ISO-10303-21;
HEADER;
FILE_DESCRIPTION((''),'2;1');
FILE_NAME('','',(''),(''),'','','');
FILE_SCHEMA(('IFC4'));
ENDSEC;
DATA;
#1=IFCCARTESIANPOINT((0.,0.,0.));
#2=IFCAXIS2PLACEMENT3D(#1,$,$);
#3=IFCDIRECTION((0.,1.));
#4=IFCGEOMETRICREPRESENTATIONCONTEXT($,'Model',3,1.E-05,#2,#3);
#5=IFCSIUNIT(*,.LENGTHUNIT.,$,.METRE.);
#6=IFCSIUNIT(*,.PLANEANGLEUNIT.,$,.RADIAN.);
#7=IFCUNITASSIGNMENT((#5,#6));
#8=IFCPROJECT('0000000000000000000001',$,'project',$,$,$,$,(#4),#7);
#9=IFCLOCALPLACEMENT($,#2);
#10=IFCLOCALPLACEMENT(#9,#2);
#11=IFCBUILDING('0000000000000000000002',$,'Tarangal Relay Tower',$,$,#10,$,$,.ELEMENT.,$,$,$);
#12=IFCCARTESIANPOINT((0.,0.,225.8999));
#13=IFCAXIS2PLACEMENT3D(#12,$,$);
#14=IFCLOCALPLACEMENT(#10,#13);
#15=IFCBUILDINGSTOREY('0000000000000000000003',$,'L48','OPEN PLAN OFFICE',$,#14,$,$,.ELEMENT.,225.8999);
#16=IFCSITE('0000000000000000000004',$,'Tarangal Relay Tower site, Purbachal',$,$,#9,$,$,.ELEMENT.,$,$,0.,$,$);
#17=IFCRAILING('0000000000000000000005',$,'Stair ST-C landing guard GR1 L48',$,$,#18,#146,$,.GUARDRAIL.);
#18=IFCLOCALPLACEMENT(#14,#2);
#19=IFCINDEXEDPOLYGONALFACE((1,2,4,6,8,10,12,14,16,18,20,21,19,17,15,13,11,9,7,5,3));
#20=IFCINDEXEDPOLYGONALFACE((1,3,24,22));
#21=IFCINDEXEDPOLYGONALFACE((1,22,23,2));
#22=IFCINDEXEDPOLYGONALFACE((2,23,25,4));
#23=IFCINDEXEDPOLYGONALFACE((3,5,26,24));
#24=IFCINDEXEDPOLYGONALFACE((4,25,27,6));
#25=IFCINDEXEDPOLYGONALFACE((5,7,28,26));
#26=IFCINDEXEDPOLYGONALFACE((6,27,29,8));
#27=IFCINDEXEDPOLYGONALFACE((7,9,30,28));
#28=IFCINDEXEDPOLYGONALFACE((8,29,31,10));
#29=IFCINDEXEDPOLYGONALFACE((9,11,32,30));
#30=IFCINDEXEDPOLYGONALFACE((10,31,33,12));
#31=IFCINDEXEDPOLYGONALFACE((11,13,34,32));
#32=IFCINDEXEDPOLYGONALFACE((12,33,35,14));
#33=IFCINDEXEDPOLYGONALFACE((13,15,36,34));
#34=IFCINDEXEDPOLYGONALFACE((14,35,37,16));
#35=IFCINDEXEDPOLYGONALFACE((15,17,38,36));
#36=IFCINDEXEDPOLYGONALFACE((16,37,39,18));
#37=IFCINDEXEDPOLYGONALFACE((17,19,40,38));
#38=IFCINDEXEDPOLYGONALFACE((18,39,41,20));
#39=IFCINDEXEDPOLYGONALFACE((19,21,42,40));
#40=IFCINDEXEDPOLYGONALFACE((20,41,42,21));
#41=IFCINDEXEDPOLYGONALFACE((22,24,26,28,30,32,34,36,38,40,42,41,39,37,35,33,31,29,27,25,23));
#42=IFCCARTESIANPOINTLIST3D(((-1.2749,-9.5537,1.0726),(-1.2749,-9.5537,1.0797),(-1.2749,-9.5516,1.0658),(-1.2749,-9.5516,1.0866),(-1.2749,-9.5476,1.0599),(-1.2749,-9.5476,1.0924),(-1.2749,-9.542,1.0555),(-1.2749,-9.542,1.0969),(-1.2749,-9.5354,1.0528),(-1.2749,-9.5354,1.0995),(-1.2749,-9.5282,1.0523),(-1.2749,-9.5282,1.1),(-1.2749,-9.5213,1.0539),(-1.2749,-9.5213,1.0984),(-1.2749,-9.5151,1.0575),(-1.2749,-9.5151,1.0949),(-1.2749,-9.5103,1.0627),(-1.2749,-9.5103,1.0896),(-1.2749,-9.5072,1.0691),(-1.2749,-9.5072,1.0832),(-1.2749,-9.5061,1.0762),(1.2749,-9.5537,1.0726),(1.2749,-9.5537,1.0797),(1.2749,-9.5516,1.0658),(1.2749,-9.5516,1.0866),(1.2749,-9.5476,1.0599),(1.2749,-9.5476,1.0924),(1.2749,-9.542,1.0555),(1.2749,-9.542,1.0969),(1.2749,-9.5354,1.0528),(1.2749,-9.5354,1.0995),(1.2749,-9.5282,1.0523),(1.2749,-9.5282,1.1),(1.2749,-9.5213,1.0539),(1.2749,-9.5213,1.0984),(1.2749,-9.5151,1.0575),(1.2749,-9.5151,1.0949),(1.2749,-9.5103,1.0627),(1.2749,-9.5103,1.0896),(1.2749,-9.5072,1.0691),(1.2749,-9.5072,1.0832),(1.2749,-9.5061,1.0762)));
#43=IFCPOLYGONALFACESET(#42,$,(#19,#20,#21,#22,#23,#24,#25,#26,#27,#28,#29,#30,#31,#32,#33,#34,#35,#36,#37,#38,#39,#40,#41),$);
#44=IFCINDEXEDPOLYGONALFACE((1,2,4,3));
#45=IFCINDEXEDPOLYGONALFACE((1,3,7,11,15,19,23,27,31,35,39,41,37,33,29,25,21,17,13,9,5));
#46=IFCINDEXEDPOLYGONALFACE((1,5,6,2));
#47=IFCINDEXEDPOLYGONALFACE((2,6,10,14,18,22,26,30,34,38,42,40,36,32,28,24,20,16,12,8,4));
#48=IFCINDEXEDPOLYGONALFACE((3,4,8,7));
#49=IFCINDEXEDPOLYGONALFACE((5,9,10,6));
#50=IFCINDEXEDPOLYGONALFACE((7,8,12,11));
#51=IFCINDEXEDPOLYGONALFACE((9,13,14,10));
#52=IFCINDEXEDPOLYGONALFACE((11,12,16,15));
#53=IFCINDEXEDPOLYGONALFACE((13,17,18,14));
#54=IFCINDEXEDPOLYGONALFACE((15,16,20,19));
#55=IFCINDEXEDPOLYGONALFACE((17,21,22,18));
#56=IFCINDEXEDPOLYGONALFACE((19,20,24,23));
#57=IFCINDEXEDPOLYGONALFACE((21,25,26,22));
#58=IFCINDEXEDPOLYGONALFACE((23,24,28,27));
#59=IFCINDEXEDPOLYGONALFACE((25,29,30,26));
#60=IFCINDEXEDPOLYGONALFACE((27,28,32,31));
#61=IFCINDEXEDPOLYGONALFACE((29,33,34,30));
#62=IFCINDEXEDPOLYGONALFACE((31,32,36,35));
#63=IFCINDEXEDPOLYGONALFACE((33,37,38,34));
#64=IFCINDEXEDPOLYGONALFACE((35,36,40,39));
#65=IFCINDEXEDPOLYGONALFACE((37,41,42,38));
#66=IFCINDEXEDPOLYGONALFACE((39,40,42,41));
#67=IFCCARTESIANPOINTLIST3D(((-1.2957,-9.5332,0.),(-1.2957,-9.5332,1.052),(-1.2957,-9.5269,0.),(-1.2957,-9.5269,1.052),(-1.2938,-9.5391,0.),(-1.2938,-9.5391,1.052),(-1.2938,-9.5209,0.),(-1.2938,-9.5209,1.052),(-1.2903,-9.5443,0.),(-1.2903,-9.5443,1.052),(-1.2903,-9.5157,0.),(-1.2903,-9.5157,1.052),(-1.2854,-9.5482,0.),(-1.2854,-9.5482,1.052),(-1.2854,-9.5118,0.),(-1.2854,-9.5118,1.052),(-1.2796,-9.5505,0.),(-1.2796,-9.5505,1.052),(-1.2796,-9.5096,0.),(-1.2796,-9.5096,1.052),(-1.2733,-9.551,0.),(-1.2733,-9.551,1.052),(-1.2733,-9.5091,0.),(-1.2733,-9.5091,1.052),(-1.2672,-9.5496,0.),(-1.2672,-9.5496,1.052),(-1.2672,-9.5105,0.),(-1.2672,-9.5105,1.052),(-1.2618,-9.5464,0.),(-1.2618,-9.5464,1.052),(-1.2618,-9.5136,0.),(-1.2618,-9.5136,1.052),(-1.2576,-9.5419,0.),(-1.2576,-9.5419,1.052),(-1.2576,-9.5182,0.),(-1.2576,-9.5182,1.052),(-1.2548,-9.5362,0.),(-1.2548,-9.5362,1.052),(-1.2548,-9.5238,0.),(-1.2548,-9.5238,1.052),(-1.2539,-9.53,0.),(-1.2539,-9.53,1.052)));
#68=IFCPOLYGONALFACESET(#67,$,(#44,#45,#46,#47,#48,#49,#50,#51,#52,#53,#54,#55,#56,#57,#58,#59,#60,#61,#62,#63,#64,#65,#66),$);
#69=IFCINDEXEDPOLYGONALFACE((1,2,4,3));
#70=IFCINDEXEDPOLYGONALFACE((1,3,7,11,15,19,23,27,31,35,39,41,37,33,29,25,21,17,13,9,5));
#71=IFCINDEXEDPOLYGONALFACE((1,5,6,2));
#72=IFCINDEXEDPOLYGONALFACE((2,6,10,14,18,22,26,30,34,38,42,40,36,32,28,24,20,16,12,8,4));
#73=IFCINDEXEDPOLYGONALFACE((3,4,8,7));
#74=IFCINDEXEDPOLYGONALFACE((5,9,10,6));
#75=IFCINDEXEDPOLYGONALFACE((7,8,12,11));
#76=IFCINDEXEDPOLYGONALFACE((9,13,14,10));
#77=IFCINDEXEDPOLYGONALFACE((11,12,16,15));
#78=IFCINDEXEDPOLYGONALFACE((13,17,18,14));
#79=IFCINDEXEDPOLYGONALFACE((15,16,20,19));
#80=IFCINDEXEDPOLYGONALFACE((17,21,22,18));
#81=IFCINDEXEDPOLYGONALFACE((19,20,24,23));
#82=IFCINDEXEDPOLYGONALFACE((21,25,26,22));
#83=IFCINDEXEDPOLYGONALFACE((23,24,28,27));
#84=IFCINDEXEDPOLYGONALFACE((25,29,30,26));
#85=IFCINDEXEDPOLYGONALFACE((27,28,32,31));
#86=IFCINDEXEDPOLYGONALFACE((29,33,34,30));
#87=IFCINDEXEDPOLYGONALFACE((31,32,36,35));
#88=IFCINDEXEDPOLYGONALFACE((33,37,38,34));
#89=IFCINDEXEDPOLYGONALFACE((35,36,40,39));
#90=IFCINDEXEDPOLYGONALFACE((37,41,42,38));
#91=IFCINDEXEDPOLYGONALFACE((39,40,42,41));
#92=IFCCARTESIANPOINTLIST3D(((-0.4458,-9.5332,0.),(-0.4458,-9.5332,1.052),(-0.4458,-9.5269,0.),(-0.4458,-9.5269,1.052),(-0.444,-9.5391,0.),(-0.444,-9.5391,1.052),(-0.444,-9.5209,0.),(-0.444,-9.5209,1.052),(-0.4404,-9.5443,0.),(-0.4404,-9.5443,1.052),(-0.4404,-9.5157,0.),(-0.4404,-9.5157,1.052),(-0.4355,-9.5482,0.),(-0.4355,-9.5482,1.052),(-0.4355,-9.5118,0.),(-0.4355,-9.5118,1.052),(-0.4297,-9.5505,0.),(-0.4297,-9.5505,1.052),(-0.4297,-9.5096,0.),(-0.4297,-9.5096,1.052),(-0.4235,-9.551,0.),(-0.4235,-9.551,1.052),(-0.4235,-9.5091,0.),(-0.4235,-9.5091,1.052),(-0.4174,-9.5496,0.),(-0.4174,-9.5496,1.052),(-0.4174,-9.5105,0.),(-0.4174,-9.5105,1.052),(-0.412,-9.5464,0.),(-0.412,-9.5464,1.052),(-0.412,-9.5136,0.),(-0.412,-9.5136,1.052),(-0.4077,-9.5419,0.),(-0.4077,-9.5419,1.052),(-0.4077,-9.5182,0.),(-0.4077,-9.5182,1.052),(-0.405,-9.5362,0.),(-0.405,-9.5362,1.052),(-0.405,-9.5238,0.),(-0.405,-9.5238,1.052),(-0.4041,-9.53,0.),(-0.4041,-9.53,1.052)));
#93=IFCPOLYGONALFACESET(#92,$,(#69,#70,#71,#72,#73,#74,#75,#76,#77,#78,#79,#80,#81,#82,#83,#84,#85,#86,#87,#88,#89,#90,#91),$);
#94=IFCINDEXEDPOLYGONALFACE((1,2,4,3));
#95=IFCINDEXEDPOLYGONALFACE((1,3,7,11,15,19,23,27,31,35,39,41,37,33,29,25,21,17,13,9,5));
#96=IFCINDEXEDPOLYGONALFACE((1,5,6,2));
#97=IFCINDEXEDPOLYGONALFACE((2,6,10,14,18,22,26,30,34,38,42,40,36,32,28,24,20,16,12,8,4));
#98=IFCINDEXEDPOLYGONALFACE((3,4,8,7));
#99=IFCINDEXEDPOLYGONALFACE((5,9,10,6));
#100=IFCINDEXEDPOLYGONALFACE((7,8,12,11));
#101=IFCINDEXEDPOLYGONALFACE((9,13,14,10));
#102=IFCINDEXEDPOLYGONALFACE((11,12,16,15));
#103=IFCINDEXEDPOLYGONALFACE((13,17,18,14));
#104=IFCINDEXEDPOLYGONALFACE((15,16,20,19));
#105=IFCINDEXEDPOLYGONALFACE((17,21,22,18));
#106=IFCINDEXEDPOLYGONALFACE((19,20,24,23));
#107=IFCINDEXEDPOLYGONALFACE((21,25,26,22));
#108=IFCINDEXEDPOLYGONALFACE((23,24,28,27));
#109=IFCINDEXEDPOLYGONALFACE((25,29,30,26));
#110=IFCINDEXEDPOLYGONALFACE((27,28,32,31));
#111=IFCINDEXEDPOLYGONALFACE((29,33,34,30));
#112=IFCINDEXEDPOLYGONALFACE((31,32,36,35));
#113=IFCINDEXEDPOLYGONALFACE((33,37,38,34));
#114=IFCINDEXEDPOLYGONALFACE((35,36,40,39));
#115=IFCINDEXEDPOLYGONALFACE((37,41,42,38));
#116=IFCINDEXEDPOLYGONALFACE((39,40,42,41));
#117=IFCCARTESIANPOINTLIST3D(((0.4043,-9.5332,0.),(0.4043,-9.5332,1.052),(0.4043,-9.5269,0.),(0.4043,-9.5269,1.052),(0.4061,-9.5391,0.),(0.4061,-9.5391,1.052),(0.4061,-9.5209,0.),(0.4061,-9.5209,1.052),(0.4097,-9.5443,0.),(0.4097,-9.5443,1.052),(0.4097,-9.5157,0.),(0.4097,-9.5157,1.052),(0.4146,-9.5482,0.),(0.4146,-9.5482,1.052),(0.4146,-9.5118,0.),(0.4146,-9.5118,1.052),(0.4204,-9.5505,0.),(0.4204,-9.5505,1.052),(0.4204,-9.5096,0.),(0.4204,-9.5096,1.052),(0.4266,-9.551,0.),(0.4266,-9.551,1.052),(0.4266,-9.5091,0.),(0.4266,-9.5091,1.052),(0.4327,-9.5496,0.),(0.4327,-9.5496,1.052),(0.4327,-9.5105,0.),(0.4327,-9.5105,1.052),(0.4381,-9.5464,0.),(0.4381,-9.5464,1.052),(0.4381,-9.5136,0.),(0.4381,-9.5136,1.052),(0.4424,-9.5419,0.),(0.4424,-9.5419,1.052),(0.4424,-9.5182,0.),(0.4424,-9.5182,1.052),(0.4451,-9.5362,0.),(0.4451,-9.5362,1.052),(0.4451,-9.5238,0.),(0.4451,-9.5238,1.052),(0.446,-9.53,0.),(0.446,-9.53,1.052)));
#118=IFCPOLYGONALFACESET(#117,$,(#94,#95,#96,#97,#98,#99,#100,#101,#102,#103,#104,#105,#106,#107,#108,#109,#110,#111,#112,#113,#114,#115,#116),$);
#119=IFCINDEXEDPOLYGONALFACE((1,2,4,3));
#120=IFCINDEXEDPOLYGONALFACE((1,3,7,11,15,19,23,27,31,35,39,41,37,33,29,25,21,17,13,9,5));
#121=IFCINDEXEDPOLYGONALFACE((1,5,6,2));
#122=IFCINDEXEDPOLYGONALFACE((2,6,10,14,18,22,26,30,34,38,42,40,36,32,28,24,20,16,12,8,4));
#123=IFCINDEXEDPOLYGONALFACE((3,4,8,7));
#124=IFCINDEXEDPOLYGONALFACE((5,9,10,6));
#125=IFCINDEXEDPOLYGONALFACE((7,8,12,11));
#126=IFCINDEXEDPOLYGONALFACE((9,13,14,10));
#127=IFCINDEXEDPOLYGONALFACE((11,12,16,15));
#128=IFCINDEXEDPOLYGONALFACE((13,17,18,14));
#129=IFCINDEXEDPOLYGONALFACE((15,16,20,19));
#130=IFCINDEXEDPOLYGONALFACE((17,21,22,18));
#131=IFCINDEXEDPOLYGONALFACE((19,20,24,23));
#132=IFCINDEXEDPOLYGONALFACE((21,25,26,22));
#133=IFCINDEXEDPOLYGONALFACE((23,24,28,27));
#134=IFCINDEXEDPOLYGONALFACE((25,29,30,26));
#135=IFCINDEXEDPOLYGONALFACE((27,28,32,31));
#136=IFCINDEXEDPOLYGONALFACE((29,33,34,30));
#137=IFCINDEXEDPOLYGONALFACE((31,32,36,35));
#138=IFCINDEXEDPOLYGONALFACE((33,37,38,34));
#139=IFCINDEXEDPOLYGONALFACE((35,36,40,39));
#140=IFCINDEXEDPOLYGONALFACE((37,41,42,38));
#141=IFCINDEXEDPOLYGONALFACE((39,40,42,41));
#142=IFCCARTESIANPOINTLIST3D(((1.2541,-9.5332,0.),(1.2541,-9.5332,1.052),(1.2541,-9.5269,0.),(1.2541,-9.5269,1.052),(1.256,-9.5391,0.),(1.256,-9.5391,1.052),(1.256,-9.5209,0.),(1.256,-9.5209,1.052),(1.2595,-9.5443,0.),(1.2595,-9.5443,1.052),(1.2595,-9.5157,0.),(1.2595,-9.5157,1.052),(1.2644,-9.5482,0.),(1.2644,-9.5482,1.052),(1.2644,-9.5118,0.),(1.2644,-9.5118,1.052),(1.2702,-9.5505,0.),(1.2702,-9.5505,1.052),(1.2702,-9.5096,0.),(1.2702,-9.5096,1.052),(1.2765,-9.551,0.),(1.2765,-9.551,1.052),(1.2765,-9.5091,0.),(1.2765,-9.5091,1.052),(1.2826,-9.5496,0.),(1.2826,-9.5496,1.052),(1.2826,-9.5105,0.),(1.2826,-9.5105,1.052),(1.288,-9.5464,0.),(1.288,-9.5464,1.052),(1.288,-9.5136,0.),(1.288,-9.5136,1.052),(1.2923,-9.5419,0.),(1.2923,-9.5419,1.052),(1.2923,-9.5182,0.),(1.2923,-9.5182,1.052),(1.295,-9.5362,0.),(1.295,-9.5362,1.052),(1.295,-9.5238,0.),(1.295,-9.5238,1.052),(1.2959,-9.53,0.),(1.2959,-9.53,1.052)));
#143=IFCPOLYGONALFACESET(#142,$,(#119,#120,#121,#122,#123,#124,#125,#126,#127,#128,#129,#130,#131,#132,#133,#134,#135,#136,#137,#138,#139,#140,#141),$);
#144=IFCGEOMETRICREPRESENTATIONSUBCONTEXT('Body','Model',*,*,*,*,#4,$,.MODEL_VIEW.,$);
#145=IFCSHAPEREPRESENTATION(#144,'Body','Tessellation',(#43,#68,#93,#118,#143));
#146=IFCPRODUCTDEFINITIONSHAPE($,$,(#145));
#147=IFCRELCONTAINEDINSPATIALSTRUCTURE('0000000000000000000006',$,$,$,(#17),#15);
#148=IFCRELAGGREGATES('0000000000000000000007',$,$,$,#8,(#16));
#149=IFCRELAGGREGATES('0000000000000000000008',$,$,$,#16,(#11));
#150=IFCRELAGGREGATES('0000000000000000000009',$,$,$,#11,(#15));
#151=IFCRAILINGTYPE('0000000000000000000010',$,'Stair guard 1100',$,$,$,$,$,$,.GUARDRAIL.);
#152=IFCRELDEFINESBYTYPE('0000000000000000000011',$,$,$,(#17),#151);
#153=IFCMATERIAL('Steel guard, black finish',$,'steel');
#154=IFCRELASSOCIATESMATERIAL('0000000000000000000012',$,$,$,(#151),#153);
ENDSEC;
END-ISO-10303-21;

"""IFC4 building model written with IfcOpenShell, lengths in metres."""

from ifc_helpers import new_model, si_unit, direction, frame, origin, origin_2d, place, context, subcontext, project, spatial, circle, extrude, material, type_object, element, save


model = new_model("IFC4")

# Units and contexts
model_context = context("Model", 3, precision=1e-05, world=origin(), true_north=direction((0.0, 1.0)))
body_context = subcontext(model_context, "Body", "Model", "MODEL_VIEW")
ifc_project = project(units=[si_unit("LENGTHUNIT", "METRE"), si_unit("PLANEANGLEUNIT", "RADIAN")], contexts=[model_context])

# Site, building, storey
site_placement = place(None, origin())
site = spatial("IfcSite", under=ifc_project, at=site_placement, Name="Tarangal Relay Tower site, Purbachal", CompositionType="ELEMENT", RefElevation=0.0)
building_placement = place(site_placement, origin())
building = spatial("IfcBuilding", under=site, at=building_placement, Name="Tarangal Relay Tower", CompositionType="ELEMENT")
storey_placement = place(building_placement, frame((0.0, 0.0, 225.8999)))
storey = spatial("IfcBuildingStorey", under=building, at=storey_placement, Name="L48", Description="OPEN PLAN OFFICE", CompositionType="ELEMENT", Elevation=225.8999)

# Railing
ifc_material_1 = material(Name="Steel guard, black finish", Category="steel")
railing_type_1 = type_object("IfcRailingType", Name="Stair guard 1100", PredefinedType="GUARDRAIL", material=ifc_material_1)
for number, where, name in (
    (1, (-1.2749, -9.53, 0.0), "Stair ST-C landing guard GR1 L48"),
):
    element("IfcRailing", number, at=place(storey_placement, frame(where)), inside=storey, type_object=railing_type_1, Name=name, PredefinedType="GUARDRAIL", context=body_context, shape_type="SweptSolid", body=[
        extrude(circle(Radius=0.0239, at=origin_2d()), frame((0.0, 0.0, 1.0762), z_axis=(1.0, 0.0, 0.0), x_axis=(0.0, 1.0, 0.0)), (0.0, 0.0, 1.0), 2.5498),
        extrude(circle(Radius=0.021, at=origin_2d()), origin(), (0.0, 0.0, 1.0), 1.052),
        extrude(circle(Radius=0.021, at=origin_2d()), frame((0.8499, 0.0, 0.0)), (0.0, 0.0, 1.0), 1.052),
        extrude(circle(Radius=0.021, at=origin_2d()), frame((1.7, 0.0, 0.0)), (0.0, 0.0, 1.0), 1.052),
        extrude(circle(Radius=0.021, at=origin_2d()), frame((2.5498, 0.0, 0.0)), (0.0, 0.0, 1.0), 1.052),
    ])

save(model, "model.ifc")
